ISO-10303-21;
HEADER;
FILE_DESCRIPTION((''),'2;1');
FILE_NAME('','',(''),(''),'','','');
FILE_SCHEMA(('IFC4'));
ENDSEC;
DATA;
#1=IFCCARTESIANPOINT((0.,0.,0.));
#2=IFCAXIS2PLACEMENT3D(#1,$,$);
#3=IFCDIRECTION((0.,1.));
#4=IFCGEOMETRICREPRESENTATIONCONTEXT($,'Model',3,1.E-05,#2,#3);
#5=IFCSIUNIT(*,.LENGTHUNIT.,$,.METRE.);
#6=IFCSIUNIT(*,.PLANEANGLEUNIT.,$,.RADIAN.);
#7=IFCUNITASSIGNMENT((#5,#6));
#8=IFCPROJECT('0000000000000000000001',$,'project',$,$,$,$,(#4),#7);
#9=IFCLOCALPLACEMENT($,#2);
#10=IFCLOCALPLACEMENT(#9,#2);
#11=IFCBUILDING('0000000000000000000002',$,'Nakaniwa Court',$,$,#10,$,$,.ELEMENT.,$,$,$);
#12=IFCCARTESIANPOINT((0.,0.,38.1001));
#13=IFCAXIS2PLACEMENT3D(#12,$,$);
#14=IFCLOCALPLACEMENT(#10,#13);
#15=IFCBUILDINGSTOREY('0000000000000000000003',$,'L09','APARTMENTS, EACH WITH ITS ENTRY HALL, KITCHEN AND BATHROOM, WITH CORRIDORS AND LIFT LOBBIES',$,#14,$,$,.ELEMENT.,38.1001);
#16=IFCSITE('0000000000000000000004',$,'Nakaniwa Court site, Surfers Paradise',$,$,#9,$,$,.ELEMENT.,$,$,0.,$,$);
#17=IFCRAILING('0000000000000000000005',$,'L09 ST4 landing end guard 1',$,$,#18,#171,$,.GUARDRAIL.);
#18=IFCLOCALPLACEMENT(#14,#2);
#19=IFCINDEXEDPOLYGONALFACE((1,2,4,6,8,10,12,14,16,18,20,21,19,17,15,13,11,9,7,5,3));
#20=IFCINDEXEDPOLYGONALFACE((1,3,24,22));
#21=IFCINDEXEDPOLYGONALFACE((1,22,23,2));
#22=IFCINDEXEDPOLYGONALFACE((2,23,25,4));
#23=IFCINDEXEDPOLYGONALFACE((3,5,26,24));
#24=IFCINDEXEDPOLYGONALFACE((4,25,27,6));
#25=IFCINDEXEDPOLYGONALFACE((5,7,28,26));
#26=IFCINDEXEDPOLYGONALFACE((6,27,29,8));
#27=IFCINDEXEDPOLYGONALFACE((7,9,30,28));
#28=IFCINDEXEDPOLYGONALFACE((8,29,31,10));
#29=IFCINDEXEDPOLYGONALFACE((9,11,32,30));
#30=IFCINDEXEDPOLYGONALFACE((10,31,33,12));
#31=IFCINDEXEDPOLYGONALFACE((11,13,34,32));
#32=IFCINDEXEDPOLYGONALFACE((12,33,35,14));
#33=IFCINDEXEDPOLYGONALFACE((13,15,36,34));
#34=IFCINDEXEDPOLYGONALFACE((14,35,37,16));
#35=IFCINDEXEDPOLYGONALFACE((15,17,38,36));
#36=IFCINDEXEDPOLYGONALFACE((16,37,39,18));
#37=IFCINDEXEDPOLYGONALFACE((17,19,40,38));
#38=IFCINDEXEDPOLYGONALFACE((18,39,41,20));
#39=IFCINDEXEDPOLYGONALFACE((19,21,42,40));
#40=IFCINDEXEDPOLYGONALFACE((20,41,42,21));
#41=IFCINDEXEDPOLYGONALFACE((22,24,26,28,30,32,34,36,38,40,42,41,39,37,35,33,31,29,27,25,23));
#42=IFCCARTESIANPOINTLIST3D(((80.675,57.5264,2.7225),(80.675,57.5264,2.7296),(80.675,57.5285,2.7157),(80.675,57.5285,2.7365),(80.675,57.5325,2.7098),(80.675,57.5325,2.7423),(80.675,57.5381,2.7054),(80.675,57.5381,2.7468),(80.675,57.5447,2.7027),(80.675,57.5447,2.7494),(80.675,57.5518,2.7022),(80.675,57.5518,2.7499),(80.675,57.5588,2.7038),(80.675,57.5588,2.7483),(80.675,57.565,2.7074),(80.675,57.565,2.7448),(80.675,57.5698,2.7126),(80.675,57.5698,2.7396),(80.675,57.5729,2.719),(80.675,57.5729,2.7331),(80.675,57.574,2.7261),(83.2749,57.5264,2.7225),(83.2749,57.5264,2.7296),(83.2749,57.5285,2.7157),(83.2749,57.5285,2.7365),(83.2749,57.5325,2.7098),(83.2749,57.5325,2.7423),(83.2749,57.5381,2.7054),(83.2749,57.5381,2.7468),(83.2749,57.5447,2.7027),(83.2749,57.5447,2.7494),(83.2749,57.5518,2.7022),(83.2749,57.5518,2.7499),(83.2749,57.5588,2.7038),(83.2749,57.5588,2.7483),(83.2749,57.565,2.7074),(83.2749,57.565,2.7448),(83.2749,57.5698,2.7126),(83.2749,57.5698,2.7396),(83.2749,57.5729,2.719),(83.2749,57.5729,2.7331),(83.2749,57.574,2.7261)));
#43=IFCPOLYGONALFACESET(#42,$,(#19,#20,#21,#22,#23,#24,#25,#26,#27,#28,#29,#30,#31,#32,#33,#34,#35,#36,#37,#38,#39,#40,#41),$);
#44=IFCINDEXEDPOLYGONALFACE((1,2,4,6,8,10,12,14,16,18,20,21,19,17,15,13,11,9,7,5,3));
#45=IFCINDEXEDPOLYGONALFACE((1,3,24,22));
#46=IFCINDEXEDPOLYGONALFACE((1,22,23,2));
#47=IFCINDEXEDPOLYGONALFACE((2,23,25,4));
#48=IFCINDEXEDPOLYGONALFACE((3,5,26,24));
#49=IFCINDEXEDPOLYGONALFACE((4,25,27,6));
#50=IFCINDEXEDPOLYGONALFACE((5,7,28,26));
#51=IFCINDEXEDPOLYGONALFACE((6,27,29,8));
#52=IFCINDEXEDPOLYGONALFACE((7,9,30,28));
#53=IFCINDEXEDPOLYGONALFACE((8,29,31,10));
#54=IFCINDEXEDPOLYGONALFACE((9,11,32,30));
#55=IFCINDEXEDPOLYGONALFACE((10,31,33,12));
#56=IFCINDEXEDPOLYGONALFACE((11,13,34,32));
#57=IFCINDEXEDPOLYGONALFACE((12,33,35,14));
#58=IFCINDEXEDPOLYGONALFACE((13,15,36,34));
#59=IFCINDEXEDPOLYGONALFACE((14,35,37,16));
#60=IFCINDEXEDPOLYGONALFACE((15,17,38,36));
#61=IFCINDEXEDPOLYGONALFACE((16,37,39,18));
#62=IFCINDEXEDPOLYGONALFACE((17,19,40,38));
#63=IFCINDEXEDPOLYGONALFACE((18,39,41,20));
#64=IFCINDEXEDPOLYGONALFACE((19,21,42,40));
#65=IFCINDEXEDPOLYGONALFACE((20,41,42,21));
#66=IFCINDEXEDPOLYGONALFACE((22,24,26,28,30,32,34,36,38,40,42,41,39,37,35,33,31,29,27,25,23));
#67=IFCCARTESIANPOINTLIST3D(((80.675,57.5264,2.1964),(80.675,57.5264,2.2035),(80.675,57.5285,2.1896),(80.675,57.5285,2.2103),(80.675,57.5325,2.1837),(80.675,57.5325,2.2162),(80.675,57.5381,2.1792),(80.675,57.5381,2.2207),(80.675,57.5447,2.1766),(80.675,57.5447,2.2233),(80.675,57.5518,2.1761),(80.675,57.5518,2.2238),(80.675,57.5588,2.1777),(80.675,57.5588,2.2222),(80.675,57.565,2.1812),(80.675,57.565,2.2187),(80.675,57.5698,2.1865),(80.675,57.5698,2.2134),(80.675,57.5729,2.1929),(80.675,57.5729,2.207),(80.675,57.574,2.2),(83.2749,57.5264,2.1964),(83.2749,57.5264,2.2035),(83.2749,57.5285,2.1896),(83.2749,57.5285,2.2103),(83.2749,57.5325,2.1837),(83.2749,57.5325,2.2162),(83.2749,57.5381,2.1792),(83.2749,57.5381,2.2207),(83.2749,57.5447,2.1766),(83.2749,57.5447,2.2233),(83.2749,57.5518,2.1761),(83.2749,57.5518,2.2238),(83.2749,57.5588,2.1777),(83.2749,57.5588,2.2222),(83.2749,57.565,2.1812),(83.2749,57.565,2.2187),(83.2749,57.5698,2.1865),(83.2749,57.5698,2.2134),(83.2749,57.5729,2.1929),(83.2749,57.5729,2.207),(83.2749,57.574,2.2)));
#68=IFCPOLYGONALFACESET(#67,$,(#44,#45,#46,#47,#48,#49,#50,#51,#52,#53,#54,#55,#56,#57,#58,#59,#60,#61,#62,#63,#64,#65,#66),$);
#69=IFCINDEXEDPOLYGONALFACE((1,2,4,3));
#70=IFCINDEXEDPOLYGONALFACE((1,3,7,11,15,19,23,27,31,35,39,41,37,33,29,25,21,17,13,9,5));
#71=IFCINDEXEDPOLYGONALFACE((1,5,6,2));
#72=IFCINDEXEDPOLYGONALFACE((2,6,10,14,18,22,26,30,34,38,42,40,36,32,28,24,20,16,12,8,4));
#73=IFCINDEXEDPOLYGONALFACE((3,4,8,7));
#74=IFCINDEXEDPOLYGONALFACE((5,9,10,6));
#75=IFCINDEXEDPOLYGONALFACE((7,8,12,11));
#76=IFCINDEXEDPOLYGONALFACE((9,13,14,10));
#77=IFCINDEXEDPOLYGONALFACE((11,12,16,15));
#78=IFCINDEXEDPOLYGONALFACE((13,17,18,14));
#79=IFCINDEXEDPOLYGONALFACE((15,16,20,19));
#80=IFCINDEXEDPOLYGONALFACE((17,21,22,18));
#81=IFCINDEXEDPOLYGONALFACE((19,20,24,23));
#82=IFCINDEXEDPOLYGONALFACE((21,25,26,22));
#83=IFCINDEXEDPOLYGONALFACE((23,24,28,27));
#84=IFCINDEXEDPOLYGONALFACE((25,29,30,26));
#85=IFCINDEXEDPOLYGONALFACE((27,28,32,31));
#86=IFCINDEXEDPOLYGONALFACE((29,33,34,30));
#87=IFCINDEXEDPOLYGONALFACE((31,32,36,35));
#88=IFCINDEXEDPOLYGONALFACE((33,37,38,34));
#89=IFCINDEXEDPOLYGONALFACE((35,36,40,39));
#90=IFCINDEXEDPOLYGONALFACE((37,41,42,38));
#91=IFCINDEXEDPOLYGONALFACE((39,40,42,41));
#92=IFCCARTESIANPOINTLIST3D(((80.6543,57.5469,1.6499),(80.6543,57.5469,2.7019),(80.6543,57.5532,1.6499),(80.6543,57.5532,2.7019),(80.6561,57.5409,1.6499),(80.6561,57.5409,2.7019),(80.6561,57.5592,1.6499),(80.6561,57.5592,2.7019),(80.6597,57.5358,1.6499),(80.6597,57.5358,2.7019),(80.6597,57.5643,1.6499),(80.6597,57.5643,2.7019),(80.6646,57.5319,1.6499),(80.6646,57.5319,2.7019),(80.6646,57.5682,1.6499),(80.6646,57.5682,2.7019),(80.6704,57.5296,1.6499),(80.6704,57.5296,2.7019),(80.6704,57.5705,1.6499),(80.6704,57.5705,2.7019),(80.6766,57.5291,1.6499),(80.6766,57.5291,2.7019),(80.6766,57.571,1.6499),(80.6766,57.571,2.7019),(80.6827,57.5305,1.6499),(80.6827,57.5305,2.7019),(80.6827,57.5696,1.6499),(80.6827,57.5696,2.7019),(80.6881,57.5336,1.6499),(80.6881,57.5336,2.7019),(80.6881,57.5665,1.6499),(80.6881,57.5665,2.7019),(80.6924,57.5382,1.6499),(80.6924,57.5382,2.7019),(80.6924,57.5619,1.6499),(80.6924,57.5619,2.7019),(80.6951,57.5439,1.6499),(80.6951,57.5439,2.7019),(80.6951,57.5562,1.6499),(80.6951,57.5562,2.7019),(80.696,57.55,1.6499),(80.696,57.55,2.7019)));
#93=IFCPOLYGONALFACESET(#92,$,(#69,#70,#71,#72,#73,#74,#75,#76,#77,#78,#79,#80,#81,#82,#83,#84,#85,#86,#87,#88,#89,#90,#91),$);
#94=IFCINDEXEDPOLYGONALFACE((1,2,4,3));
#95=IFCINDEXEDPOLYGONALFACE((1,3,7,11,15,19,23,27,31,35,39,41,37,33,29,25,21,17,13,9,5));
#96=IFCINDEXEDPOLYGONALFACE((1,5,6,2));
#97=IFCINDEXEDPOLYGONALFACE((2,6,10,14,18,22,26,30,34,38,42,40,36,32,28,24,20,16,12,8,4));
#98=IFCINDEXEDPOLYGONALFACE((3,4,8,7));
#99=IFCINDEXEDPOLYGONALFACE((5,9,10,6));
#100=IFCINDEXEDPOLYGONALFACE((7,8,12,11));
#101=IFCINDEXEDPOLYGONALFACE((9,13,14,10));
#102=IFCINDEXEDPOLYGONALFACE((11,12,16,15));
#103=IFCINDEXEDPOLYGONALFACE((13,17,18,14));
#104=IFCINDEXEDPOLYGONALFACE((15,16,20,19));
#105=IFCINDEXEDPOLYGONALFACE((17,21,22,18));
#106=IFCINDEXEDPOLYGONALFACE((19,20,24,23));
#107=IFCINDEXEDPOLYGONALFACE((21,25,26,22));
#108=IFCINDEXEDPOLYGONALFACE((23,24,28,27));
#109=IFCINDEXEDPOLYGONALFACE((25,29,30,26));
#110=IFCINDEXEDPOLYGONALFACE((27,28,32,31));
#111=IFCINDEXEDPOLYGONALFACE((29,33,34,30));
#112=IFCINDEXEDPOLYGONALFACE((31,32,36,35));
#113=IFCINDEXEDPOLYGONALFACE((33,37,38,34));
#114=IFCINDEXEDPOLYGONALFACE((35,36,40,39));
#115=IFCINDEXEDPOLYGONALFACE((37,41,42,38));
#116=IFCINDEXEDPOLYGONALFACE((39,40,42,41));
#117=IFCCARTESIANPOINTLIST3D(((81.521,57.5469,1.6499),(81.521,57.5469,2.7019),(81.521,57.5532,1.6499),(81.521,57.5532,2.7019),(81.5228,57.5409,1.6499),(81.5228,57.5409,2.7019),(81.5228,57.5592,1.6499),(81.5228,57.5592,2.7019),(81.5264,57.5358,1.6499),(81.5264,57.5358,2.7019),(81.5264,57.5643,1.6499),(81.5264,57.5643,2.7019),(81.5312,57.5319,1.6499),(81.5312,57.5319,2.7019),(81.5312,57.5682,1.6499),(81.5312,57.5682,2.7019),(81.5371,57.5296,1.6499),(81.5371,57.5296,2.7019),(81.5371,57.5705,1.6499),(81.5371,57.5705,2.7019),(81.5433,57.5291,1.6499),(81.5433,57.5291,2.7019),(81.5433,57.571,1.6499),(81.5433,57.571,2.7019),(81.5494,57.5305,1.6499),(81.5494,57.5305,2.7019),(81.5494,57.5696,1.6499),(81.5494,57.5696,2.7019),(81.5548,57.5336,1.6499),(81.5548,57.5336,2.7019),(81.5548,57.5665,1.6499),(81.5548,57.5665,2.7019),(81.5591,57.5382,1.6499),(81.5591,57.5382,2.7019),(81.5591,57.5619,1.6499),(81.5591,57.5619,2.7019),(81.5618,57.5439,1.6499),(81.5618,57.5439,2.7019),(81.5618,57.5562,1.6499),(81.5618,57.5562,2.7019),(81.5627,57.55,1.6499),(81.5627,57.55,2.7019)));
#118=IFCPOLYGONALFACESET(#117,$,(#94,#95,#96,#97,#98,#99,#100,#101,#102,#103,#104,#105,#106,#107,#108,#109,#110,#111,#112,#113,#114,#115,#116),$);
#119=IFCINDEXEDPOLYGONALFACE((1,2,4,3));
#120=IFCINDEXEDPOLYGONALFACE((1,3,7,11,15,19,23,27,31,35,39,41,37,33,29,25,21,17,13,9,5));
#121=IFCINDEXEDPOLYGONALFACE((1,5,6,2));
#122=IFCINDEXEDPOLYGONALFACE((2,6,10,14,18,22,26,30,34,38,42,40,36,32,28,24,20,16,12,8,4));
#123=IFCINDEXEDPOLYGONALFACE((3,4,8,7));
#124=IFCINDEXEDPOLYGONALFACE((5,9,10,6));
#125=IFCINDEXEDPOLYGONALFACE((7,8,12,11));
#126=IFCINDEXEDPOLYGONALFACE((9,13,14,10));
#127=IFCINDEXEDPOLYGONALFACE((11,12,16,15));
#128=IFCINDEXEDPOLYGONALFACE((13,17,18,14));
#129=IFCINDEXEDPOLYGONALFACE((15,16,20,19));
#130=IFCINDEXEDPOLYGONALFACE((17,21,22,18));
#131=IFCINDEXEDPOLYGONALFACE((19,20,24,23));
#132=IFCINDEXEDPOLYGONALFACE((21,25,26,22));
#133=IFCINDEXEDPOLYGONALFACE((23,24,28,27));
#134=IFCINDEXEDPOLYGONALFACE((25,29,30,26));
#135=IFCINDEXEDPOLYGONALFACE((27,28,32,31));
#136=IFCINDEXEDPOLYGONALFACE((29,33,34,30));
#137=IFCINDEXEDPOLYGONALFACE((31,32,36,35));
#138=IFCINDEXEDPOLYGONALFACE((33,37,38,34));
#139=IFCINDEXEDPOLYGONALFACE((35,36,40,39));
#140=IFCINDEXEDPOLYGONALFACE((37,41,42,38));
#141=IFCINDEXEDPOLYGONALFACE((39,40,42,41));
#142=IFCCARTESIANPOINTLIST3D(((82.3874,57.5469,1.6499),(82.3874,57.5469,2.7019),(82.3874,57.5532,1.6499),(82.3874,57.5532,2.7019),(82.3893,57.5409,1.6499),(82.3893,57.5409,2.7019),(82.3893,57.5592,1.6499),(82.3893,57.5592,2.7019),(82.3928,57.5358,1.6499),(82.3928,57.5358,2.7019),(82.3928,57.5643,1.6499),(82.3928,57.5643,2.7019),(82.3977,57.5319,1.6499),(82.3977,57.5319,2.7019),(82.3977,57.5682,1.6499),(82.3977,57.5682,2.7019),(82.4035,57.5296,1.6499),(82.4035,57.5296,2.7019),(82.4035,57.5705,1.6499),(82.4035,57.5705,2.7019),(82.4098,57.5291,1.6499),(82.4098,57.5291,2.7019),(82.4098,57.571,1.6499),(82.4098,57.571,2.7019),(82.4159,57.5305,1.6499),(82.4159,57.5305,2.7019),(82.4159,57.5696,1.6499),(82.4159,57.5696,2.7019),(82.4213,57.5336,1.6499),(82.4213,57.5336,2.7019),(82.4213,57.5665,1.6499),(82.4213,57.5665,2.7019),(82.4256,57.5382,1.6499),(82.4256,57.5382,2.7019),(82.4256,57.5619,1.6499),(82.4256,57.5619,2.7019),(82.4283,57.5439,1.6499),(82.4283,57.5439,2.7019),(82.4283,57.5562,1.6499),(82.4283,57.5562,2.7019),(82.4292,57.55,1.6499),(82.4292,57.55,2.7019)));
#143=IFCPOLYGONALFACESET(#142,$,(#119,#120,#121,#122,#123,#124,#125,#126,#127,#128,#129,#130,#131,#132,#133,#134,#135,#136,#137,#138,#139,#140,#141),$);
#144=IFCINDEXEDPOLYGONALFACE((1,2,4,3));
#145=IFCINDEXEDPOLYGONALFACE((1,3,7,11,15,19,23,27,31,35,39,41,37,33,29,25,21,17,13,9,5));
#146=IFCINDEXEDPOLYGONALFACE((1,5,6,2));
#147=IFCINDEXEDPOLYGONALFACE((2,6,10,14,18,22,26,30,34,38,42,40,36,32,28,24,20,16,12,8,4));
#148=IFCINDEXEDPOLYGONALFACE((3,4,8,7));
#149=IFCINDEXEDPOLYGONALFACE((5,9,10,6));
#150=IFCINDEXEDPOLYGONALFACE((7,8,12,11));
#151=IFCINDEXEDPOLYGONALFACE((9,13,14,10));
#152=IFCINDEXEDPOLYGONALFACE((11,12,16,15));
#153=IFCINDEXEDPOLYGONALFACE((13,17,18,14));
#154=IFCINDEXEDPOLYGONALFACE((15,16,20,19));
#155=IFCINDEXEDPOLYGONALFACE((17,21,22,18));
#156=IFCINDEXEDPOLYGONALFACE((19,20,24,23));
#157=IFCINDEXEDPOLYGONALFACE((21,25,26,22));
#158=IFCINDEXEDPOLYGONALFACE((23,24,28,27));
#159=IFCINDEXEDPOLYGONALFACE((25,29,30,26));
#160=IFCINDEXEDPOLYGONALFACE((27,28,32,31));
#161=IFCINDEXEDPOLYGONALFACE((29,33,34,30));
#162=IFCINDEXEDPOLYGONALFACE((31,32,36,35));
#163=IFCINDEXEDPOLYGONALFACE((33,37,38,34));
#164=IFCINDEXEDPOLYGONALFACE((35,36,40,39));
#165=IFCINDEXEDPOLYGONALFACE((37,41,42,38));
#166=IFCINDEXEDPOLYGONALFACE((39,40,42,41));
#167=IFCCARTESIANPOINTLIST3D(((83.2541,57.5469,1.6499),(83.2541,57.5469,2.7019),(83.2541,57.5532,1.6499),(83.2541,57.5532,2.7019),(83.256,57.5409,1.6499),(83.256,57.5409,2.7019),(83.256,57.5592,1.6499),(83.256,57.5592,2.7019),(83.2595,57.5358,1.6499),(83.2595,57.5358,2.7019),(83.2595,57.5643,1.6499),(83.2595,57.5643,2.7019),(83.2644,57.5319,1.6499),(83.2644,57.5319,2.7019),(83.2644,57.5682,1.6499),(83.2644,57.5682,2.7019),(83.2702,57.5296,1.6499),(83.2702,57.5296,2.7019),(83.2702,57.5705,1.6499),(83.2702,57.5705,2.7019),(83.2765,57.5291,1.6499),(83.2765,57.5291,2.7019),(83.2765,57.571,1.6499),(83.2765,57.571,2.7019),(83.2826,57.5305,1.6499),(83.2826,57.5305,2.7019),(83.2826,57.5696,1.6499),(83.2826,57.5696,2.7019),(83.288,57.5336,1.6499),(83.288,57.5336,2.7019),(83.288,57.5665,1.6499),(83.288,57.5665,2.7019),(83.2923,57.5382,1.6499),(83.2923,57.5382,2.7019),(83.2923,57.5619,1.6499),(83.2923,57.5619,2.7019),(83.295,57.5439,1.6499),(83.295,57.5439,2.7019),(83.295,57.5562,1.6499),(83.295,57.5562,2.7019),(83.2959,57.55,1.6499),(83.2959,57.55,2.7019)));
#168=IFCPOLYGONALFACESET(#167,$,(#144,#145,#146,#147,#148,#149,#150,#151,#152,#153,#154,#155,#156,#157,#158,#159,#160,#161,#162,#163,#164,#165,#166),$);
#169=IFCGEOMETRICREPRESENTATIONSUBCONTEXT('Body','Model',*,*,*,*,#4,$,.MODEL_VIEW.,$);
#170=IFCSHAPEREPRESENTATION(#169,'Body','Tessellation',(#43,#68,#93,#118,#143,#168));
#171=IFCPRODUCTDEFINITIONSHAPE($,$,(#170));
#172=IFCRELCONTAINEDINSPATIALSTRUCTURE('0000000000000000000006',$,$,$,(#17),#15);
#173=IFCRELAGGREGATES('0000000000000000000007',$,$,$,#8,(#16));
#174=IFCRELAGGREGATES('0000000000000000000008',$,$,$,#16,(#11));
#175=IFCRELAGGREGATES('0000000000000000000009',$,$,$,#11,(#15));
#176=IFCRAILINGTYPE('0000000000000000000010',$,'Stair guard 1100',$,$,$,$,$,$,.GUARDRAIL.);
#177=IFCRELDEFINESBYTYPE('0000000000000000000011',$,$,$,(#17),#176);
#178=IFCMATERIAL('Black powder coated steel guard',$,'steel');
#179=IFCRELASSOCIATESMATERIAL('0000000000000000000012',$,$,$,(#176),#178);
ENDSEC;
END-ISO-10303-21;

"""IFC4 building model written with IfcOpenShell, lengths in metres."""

from ifc_helpers import new_model, si_unit, direction, frame, origin, origin_2d, place, context, subcontext, project, spatial, circle, extrude, material, type_object, element, save


model = new_model("IFC4")

# Units and contexts
model_context = context("Model", 3, precision=1e-05, world=origin(), true_north=direction((0.0, 1.0)))
body_context = subcontext(model_context, "Body", "Model", "MODEL_VIEW")
ifc_project = project(units=[si_unit("LENGTHUNIT", "METRE"), si_unit("PLANEANGLEUNIT", "RADIAN")], contexts=[model_context])

# Site, building, storey
site_placement = place(None, origin())
site = spatial("IfcSite", under=ifc_project, at=site_placement, Name="Nakaniwa Court site, Surfers Paradise", CompositionType="ELEMENT", RefElevation=0.0)
building_placement = place(site_placement, origin())
building = spatial("IfcBuilding", under=site, at=building_placement, Name="Nakaniwa Court", CompositionType="ELEMENT")
storey_placement = place(building_placement, frame((0.0, 0.0, 38.1001)))
storey = spatial("IfcBuildingStorey", under=building, at=storey_placement, Name="L09", Description="APARTMENTS, EACH WITH ITS ENTRY HALL, KITCHEN AND BATHROOM, WITH CORRIDORS AND LIFT LOBBIES", CompositionType="ELEMENT", Elevation=38.1001)

# Railing
ifc_material_1 = material(Name="Black powder coated steel guard", Category="steel")
railing_type_1 = type_object("IfcRailingType", Name="Stair guard 1100", PredefinedType="GUARDRAIL", material=ifc_material_1)
railing_1_placement = place(storey_placement, frame((80.675, 57.55, 1.6499)))
element("IfcRailing", 1, at=railing_1_placement, inside=storey, type_object=railing_type_1, Name="L09 ST4 landing end guard 1", PredefinedType="GUARDRAIL", context=body_context, shape_type="SweptSolid", body=[
    extrude(circle(Radius=0.0239, at=origin_2d()), frame((0.0, 0.0, 1.0762), z_axis=(1.0, 0.0, 0.0), x_axis=(0.0, 1.0, 0.0)), (0.0, 0.0, 1.0), 2.5999),
    extrude(circle(Radius=0.0239, at=origin_2d()), frame((0.0, 0.0, 0.55), z_axis=(1.0, 0.0, 0.0), x_axis=(0.0, 1.0, 0.0)), (0.0, 0.0, 1.0), 2.5999),
    extrude(circle(Radius=0.021, at=origin_2d()), origin(), (0.0, 0.0, 1.0), 1.052),
    extrude(circle(Radius=0.021, at=origin_2d()), frame((0.8667, 0.0, 0.0)), (0.0, 0.0, 1.0), 1.052),
    extrude(circle(Radius=0.021, at=origin_2d()), frame((1.7332, 0.0, 0.0)), (0.0, 0.0, 1.0), 1.052),
    extrude(circle(Radius=0.021, at=origin_2d()), frame((2.5999, 0.0, 0.0)), (0.0, 0.0, 1.0), 1.052),
])

save(model, "model.ifc")
